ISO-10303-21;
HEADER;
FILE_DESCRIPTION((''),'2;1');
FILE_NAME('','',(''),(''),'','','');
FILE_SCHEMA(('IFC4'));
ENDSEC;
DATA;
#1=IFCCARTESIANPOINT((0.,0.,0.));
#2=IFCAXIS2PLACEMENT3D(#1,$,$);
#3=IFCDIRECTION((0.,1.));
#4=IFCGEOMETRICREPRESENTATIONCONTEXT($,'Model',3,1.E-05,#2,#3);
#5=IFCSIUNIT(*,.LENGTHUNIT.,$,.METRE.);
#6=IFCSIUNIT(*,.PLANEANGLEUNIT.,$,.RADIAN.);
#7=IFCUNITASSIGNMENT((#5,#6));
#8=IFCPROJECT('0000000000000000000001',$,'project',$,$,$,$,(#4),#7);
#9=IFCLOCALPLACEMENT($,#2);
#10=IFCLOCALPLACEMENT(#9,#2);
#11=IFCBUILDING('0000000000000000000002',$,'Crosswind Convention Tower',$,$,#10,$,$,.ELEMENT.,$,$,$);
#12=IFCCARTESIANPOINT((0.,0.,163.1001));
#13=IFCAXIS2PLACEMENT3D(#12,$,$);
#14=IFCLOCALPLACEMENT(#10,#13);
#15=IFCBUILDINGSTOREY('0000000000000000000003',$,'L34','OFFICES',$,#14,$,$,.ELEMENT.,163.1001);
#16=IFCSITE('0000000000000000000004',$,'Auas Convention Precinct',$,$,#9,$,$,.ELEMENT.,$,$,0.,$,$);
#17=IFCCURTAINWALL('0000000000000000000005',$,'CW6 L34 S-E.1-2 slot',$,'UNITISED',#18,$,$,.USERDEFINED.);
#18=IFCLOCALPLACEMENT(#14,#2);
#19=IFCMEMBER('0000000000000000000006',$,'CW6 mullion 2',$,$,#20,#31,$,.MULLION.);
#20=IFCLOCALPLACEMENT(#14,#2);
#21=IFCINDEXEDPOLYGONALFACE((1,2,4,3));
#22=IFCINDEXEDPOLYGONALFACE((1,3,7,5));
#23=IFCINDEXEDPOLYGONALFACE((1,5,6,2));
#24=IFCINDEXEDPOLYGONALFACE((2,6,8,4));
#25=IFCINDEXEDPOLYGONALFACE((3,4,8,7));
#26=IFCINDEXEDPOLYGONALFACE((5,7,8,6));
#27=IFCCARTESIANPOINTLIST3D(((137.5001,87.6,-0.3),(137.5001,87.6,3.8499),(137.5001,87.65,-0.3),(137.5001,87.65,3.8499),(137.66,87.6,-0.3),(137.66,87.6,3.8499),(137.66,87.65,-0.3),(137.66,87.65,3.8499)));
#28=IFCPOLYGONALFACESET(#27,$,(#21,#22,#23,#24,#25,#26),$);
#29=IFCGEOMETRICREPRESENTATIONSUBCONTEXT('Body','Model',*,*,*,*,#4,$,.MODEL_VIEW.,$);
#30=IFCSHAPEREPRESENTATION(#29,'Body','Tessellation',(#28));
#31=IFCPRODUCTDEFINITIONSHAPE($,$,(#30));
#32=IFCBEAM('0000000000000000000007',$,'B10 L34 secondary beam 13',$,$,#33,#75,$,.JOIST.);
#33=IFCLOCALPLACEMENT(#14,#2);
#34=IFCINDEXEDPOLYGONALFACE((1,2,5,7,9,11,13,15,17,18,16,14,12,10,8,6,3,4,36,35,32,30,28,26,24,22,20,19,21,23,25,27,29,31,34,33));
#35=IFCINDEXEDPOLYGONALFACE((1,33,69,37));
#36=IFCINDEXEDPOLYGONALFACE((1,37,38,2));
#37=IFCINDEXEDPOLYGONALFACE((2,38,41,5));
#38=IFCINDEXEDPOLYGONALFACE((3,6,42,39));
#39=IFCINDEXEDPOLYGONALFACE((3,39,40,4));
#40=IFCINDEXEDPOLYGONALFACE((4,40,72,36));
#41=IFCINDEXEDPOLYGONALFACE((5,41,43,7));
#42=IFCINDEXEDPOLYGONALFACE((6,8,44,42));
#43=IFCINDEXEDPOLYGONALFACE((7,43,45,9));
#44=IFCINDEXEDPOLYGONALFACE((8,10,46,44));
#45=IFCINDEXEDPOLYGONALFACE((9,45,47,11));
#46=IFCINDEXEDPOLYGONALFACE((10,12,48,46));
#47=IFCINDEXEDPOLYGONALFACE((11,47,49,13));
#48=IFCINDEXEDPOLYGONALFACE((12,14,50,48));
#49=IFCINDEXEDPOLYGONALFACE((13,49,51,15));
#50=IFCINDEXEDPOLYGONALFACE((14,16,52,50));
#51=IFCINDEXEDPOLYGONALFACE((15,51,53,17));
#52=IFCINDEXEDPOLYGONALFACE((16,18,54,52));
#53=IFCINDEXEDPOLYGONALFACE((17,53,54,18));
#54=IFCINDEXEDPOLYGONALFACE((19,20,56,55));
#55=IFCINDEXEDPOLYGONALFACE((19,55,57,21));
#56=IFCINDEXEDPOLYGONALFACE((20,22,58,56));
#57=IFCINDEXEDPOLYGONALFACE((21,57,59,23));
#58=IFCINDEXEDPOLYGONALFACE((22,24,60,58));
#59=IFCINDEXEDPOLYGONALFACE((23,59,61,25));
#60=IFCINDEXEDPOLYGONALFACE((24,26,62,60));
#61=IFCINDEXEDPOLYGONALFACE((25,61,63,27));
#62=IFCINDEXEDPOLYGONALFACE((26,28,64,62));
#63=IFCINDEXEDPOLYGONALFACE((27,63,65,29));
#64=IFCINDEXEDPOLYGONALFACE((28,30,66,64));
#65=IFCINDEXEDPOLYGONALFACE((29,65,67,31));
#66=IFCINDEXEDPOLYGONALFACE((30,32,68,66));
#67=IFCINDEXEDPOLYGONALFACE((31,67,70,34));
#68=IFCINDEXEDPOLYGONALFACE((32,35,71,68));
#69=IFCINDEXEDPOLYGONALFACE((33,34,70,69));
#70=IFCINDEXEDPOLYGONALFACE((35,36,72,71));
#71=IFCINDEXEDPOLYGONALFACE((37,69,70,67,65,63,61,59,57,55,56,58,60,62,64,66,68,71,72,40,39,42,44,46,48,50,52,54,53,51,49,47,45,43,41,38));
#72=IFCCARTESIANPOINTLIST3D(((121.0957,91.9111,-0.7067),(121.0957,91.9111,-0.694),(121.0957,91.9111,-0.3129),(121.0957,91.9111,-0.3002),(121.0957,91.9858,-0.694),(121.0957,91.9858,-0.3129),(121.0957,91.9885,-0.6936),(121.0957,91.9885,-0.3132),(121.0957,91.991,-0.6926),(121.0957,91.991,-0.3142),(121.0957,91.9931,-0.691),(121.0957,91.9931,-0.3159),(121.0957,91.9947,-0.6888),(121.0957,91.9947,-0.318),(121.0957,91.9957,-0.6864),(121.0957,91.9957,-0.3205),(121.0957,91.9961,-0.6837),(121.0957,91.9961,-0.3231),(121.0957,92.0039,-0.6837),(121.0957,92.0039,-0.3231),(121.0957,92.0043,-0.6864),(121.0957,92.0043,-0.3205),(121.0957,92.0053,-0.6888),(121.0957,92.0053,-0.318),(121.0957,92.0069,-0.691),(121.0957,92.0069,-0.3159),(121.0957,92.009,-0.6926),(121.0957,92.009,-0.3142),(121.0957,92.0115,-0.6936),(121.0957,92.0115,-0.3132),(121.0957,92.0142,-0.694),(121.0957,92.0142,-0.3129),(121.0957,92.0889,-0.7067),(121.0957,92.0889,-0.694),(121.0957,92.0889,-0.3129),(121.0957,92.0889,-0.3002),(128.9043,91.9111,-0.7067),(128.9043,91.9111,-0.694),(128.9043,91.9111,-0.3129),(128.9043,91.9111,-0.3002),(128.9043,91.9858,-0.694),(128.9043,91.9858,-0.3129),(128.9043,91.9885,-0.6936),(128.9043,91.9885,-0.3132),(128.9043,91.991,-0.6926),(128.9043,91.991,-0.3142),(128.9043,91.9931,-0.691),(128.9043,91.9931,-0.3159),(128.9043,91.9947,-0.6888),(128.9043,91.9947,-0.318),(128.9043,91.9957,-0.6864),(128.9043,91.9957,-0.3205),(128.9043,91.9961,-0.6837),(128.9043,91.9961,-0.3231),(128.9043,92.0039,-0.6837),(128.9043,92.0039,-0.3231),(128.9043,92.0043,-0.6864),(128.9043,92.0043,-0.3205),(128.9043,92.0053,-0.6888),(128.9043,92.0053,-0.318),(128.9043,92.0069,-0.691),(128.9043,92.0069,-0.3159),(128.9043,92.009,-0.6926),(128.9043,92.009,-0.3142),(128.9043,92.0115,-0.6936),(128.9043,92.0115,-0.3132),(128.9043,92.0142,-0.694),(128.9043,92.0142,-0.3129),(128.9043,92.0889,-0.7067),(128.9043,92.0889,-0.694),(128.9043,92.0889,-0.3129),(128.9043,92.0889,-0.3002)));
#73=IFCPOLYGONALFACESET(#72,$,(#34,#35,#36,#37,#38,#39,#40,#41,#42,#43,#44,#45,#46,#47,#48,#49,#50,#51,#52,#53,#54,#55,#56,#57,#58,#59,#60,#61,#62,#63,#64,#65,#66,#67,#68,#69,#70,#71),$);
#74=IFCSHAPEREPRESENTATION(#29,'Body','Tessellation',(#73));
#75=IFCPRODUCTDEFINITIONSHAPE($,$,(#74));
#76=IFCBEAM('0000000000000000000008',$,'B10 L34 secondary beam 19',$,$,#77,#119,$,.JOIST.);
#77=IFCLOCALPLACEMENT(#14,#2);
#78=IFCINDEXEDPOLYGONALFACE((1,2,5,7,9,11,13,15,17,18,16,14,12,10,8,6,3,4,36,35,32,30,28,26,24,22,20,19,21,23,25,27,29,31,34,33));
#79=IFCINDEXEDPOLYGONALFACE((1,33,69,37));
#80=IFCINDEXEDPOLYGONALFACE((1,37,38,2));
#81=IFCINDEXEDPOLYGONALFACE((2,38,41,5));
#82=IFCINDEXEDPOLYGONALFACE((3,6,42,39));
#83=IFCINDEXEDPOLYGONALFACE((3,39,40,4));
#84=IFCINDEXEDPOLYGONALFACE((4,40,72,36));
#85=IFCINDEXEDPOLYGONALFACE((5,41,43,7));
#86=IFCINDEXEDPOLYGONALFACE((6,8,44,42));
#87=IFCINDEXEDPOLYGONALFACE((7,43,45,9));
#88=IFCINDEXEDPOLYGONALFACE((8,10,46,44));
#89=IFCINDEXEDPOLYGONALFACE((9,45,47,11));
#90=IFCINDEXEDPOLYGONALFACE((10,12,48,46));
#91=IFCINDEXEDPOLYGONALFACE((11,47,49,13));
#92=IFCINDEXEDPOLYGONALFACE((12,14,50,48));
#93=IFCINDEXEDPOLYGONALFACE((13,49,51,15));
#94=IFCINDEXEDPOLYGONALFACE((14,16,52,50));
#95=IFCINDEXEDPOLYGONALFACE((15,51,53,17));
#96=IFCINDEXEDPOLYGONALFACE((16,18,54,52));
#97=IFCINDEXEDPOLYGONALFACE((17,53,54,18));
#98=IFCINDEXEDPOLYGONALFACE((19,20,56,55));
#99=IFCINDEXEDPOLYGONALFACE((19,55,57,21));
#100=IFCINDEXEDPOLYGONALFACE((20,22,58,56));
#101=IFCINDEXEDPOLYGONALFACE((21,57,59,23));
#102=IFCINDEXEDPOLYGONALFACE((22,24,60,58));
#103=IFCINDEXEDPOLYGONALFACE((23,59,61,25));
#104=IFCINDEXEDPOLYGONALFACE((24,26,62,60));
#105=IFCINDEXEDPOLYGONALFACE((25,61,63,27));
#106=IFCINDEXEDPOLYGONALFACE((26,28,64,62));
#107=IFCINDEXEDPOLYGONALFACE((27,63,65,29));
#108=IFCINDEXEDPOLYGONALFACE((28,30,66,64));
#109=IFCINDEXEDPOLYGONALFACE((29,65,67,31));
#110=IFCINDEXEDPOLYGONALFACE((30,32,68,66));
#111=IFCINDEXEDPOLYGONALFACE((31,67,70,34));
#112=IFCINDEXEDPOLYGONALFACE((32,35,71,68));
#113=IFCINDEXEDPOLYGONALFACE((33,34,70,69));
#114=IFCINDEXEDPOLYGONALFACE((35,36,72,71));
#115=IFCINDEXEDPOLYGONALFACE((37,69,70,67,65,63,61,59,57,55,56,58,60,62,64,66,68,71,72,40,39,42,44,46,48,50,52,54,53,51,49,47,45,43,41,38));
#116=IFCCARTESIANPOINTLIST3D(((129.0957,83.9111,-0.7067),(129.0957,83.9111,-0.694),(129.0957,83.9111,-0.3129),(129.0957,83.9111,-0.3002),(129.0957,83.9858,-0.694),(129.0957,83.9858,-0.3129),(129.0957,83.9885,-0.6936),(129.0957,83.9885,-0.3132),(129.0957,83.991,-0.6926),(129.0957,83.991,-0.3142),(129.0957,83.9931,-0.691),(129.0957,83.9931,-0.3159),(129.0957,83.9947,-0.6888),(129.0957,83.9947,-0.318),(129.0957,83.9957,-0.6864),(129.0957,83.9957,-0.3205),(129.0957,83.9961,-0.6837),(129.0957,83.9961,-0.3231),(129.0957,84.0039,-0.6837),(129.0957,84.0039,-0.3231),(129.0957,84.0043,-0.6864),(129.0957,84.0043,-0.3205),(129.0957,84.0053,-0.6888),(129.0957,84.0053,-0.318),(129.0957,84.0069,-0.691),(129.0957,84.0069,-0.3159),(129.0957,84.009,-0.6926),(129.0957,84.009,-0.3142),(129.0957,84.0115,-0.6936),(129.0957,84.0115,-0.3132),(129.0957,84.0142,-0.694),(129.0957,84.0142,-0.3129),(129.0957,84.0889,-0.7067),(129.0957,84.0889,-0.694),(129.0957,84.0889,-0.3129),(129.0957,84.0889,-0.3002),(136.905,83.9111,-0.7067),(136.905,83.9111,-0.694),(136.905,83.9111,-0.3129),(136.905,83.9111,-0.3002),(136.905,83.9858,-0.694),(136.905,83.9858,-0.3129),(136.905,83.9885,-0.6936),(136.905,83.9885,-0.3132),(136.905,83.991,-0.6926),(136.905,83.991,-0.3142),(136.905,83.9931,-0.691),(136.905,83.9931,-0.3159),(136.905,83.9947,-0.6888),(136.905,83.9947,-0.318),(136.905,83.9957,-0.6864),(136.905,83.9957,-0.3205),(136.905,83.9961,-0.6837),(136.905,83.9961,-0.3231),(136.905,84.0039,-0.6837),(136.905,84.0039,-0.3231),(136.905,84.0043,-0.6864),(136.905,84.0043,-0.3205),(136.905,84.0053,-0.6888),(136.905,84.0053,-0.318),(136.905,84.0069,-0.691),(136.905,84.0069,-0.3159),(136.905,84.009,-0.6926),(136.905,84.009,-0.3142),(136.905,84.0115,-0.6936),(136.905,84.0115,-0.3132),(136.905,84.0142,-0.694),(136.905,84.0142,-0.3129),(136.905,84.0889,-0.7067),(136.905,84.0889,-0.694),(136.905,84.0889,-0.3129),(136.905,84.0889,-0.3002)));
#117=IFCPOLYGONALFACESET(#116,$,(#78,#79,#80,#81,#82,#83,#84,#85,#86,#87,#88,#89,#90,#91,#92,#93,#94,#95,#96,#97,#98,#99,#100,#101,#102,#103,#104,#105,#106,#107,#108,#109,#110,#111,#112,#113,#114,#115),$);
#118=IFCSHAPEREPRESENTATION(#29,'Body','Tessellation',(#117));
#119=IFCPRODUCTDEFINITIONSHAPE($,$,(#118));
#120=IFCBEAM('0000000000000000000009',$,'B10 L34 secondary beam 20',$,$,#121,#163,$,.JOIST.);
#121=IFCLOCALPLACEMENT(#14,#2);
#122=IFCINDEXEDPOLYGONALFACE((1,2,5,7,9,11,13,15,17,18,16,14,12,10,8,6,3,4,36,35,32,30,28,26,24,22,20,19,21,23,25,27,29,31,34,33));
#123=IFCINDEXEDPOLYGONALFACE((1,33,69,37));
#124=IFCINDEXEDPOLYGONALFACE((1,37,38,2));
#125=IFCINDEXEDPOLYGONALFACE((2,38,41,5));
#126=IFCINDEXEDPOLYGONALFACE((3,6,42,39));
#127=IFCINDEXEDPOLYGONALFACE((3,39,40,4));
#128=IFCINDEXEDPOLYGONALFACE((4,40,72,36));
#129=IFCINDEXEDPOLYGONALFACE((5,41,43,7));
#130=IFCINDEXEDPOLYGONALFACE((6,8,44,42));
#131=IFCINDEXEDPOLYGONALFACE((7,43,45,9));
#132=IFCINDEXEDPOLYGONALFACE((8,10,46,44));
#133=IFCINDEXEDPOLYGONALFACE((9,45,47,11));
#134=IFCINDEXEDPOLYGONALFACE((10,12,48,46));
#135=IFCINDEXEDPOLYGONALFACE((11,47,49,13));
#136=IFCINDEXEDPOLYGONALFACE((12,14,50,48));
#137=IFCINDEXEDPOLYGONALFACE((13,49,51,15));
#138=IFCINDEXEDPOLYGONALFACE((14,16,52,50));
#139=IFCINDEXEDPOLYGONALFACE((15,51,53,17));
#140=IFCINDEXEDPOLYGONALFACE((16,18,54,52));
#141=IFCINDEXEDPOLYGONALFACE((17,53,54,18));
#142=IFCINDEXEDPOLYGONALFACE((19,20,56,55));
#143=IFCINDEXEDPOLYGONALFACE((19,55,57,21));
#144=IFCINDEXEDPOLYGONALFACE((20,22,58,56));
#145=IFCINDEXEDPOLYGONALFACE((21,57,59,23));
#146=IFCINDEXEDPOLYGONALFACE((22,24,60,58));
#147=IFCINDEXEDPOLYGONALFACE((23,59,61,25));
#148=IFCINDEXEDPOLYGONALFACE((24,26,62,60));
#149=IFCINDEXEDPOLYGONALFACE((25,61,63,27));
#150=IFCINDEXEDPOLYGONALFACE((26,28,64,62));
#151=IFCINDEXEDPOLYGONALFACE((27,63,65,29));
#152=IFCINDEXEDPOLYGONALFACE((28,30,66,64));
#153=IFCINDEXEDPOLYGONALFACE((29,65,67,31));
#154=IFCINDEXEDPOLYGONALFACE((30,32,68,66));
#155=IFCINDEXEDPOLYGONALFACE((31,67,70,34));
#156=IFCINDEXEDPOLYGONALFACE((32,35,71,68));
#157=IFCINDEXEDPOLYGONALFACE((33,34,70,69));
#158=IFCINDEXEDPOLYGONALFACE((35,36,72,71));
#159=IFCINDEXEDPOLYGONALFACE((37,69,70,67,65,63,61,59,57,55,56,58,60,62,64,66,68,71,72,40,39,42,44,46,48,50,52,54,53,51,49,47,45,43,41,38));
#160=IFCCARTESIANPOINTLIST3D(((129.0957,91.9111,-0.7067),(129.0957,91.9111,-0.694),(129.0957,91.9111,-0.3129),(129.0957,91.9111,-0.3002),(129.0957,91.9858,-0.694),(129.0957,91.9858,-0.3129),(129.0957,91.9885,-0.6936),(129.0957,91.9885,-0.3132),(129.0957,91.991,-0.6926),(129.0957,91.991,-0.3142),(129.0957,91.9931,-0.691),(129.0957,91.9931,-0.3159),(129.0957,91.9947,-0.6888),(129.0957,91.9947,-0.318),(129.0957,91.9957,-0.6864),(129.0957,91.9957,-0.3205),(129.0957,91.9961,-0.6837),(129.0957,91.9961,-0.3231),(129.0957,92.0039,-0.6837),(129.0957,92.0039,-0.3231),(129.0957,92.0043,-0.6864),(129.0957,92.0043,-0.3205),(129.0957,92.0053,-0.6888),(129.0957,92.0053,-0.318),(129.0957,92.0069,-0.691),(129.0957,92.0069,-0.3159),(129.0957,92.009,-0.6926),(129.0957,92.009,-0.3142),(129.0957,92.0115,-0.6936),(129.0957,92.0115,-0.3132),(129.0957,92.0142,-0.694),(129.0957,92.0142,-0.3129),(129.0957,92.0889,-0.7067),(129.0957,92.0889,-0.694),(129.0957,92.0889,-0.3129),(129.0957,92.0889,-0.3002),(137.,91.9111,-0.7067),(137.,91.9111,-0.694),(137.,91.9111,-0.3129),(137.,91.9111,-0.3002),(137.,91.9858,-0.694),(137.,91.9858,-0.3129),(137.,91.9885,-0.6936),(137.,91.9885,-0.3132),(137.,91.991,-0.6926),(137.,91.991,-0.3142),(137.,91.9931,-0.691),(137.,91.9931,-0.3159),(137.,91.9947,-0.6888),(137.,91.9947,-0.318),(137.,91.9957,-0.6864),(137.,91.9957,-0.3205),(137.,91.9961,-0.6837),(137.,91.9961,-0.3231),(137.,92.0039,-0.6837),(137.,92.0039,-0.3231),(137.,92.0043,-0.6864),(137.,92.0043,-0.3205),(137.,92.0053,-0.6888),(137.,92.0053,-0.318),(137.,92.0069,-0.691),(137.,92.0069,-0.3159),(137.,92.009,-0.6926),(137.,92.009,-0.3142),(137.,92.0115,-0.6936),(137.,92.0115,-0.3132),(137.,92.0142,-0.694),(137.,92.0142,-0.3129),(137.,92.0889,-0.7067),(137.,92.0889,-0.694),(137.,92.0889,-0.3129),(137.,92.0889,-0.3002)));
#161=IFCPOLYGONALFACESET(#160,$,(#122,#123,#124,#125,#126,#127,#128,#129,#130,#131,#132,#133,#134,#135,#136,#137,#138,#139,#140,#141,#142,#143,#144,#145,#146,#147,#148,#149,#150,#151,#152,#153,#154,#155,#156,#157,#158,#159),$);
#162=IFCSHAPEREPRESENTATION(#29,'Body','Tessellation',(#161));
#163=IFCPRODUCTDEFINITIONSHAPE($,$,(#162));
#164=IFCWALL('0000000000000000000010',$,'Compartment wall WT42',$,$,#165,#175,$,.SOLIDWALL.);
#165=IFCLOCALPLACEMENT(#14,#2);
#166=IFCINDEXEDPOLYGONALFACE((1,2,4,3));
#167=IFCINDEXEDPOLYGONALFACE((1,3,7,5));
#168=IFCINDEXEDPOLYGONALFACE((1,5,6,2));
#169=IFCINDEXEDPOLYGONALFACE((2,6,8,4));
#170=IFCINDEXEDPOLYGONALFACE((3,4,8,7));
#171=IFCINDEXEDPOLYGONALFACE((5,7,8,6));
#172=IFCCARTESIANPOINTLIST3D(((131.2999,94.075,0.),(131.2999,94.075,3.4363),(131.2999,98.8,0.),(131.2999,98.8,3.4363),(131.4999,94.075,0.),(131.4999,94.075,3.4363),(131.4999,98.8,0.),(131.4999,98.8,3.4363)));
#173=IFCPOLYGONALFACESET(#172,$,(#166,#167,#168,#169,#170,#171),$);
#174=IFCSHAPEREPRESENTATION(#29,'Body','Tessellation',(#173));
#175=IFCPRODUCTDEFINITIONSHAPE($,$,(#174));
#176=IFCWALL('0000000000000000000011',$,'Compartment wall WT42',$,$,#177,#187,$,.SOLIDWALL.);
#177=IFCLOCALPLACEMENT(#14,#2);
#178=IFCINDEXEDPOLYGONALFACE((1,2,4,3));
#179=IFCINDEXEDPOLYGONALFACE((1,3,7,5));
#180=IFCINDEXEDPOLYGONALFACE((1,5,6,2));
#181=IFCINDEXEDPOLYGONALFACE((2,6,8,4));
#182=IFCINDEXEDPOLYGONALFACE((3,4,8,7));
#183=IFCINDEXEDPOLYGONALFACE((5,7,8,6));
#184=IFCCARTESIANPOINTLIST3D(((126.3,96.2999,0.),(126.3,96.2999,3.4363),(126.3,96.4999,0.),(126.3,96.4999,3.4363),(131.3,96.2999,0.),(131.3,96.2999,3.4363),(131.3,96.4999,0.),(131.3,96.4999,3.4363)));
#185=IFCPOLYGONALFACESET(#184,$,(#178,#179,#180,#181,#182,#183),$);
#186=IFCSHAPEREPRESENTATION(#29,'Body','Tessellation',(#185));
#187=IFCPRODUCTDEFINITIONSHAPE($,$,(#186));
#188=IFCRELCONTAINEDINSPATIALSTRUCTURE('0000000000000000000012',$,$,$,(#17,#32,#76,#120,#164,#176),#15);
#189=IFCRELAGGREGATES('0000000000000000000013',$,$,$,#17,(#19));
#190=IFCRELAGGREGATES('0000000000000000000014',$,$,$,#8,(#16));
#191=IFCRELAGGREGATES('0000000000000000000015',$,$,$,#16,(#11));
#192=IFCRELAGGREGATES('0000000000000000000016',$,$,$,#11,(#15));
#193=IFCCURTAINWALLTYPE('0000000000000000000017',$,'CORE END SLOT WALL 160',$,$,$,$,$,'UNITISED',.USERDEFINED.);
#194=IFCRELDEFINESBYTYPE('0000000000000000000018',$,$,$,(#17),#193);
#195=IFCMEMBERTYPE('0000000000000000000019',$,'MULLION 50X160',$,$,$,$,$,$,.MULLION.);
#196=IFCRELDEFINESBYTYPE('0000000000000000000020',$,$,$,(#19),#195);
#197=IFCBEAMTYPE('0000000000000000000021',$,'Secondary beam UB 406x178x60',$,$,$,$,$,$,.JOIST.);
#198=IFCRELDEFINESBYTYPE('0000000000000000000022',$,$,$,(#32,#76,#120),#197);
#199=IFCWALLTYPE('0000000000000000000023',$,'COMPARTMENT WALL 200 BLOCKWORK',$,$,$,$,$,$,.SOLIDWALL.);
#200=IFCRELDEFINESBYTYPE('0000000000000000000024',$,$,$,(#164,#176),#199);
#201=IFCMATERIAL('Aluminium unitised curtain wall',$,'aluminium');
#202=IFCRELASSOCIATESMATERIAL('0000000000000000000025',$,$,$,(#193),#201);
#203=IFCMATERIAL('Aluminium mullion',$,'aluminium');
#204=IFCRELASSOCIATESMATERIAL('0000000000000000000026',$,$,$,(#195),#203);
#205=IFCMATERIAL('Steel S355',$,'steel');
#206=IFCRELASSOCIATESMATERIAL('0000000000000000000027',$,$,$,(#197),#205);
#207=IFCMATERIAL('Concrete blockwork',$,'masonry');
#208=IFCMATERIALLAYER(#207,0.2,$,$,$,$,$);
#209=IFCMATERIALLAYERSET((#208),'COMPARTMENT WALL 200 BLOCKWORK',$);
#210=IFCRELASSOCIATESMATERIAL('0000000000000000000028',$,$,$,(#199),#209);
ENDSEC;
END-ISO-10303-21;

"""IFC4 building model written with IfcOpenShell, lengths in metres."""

from ifc_helpers import new_model, si_unit, direction, frame, frame_2d, origin, origin_2d, place, context, subcontext, project, spatial, rectangle, i_section, extrude, material, layer, layer_set, material_profile, profile_set, type_object, element, aggregate, save


model = new_model("IFC4")

# Units and contexts
model_context = context("Model", 3, precision=1e-05, world=origin(), true_north=direction((0.0, 1.0)))
body_context = subcontext(model_context, "Body", "Model", "MODEL_VIEW")
ifc_project = project(units=[si_unit("LENGTHUNIT", "METRE"), si_unit("PLANEANGLEUNIT", "RADIAN")], contexts=[model_context])

# Site, building, storey
site_placement = place(None, origin())
site = spatial("IfcSite", under=ifc_project, at=site_placement, Name="Auas Convention Precinct", CompositionType="ELEMENT", RefElevation=0.0)
building_placement = place(site_placement, origin())
building = spatial("IfcBuilding", under=site, at=building_placement, Name="Crosswind Convention Tower", CompositionType="ELEMENT")
storey_placement = place(building_placement, frame((0.0, 0.0, 163.1001)))
storey = spatial("IfcBuildingStorey", under=building, at=storey_placement, Name="L34", Description="OFFICES", CompositionType="ELEMENT", Elevation=163.1001)

# Shared definitions
ifc_material_1 = material(Name="Steel S355", Category="steel")

# Curtain wall, member
ifc_material_2 = material(Name="Aluminium unitised curtain wall", Category="aluminium")
curtain_wall_type = type_object("IfcCurtainWallType", Name="CORE END SLOT WALL 160", ElementType="UNITISED", PredefinedType="USERDEFINED", material=ifc_material_2)
curtain_wall_placement = place(storey_placement, origin())
curtain_wall = element("IfcCurtainWall", 1, at=curtain_wall_placement, inside=storey, type_object=curtain_wall_type, Name="CW6 L34 S-E.1-2 slot", ObjectType="UNITISED", PredefinedType="USERDEFINED")
ifc_material_3 = material(Name="Aluminium mullion", Category="aluminium")
ifc_material_profile_1 = material_profile(ifc_material_3, rectangle(XDim=0.1599, YDim=0.05, at=origin_2d()), Name="AL 160X50")
ifc_profile_set_1 = profile_set([ifc_material_profile_1], Name="Aluminium mullion")
member_type = type_object("IfcMemberType", Name="MULLION 50X160", PredefinedType="MULLION", material=ifc_profile_set_1)
member_placement = place(storey_placement, frame((137.5801, 87.625, -0.3), z_axis=(0.0, 0.0, 1.0), x_axis=(1.0, 0.0, 0.0)))
member = element("IfcMember", 2, at=member_placement, type_object=member_type, Name="CW6 mullion 2", PredefinedType="MULLION", context=body_context, shape_type="SweptSolid", body=[
    extrude(rectangle(XDim=0.1599, YDim=0.05, at=origin_2d()), origin(), (0.0, 0.0, 1.0), 4.1499),
])
aggregate(curtain_wall, [member])

# Beams
ifc_material_profile_2 = material_profile(ifc_material_1, i_section(OverallWidth=0.1777, OverallDepth=0.4065, WebThickness=0.0078, FlangeThickness=0.0127, FilletRadius=0.0103, at=origin_2d()), Name="UB 406x178x60")
ifc_profile_set_2 = profile_set([ifc_material_profile_2], Name="Steel S355")
beam_type_1 = type_object("IfcBeamType", Name="Secondary beam UB 406x178x60", PredefinedType="JOIST", material=ifc_profile_set_2)
beam_1_placement = place(storey_placement, frame((121.0957, 92.0, -0.5034), z_axis=(1.0, 0.0, 0.0), x_axis=(0.0, 1.0, 0.0)))
element("IfcBeam", 3, at=beam_1_placement, inside=storey, type_object=beam_type_1, Name="B10 L34 secondary beam 13", PredefinedType="JOIST", context=body_context, shape_type="SweptSolid", body=[
    extrude(i_section(OverallWidth=0.1777, OverallDepth=0.4065, WebThickness=0.0078, FlangeThickness=0.0127, FilletRadius=0.0103, at=origin_2d()), origin(), (0.0, 0.0, 1.0), 7.8086),
])
beam_2_placement = place(storey_placement, frame((129.0957, 84.0, -0.5034), z_axis=(1.0, 0.0, 0.0), x_axis=(0.0, 1.0, 0.0)))
element("IfcBeam", 4, at=beam_2_placement, inside=storey, type_object=beam_type_1, Name="B10 L34 secondary beam 19", PredefinedType="JOIST", context=body_context, shape_type="SweptSolid", body=[
    extrude(i_section(OverallWidth=0.1777, OverallDepth=0.4065, WebThickness=0.0078, FlangeThickness=0.0127, FilletRadius=0.0103, at=origin_2d()), origin(), (0.0, 0.0, 1.0), 7.8093),
])
beam_3_placement = place(storey_placement, frame((129.0957, 92.0, -0.5034), z_axis=(1.0, 0.0, 0.0), x_axis=(0.0, 1.0, 0.0)))
element("IfcBeam", 5, at=beam_3_placement, inside=storey, type_object=beam_type_1, Name="B10 L34 secondary beam 20", PredefinedType="JOIST", context=body_context, shape_type="SweptSolid", body=[
    extrude(i_section(OverallWidth=0.1777, OverallDepth=0.4065, WebThickness=0.0078, FlangeThickness=0.0127, FilletRadius=0.0103, at=origin_2d()), origin(), (0.0, 0.0, 1.0), 7.9043),
])

# Walls
ifc_material_4 = material(Name="Concrete blockwork", Category="masonry")
ifc_layer_1 = layer(ifc_material_4, 0.2)
ifc_layer_set_1 = layer_set([ifc_layer_1], Name="COMPARTMENT WALL 200 BLOCKWORK")
wall_type_1 = type_object("IfcWallType", Name="COMPARTMENT WALL 200 BLOCKWORK", PredefinedType="SOLIDWALL", material=ifc_layer_set_1)
wall_1_placement = place(storey_placement, frame((131.3999, 94.075, 0.0), z_axis=(0.0, 0.0, 1.0), x_axis=(0.0, 1.0, 0.0)))
element("IfcWall", 6, at=wall_1_placement, inside=storey, type_object=wall_type_1, Name="Compartment wall WT42", PredefinedType="SOLIDWALL", context=body_context, shape_type="SweptSolid", body=[
    extrude(rectangle(XDim=4.7251, YDim=0.2, at=frame_2d((2.3625, 0.0))), origin(), (0.0, 0.0, 1.0), 3.4363),
])
wall_2_placement = place(storey_placement, frame((126.3, 96.3999, 0.0), z_axis=(0.0, 0.0, 1.0), x_axis=(1.0, 0.0, 0.0)))
element("IfcWall", 7, at=wall_2_placement, inside=storey, type_object=wall_type_1, Name="Compartment wall WT42", PredefinedType="SOLIDWALL", context=body_context, shape_type="SweptSolid", body=[
    extrude(rectangle(XDim=5.0, YDim=0.2, at=frame_2d((2.5, 0.0))), origin(), (0.0, 0.0, 1.0), 3.4363),
])

save(model, "model.ifc")
